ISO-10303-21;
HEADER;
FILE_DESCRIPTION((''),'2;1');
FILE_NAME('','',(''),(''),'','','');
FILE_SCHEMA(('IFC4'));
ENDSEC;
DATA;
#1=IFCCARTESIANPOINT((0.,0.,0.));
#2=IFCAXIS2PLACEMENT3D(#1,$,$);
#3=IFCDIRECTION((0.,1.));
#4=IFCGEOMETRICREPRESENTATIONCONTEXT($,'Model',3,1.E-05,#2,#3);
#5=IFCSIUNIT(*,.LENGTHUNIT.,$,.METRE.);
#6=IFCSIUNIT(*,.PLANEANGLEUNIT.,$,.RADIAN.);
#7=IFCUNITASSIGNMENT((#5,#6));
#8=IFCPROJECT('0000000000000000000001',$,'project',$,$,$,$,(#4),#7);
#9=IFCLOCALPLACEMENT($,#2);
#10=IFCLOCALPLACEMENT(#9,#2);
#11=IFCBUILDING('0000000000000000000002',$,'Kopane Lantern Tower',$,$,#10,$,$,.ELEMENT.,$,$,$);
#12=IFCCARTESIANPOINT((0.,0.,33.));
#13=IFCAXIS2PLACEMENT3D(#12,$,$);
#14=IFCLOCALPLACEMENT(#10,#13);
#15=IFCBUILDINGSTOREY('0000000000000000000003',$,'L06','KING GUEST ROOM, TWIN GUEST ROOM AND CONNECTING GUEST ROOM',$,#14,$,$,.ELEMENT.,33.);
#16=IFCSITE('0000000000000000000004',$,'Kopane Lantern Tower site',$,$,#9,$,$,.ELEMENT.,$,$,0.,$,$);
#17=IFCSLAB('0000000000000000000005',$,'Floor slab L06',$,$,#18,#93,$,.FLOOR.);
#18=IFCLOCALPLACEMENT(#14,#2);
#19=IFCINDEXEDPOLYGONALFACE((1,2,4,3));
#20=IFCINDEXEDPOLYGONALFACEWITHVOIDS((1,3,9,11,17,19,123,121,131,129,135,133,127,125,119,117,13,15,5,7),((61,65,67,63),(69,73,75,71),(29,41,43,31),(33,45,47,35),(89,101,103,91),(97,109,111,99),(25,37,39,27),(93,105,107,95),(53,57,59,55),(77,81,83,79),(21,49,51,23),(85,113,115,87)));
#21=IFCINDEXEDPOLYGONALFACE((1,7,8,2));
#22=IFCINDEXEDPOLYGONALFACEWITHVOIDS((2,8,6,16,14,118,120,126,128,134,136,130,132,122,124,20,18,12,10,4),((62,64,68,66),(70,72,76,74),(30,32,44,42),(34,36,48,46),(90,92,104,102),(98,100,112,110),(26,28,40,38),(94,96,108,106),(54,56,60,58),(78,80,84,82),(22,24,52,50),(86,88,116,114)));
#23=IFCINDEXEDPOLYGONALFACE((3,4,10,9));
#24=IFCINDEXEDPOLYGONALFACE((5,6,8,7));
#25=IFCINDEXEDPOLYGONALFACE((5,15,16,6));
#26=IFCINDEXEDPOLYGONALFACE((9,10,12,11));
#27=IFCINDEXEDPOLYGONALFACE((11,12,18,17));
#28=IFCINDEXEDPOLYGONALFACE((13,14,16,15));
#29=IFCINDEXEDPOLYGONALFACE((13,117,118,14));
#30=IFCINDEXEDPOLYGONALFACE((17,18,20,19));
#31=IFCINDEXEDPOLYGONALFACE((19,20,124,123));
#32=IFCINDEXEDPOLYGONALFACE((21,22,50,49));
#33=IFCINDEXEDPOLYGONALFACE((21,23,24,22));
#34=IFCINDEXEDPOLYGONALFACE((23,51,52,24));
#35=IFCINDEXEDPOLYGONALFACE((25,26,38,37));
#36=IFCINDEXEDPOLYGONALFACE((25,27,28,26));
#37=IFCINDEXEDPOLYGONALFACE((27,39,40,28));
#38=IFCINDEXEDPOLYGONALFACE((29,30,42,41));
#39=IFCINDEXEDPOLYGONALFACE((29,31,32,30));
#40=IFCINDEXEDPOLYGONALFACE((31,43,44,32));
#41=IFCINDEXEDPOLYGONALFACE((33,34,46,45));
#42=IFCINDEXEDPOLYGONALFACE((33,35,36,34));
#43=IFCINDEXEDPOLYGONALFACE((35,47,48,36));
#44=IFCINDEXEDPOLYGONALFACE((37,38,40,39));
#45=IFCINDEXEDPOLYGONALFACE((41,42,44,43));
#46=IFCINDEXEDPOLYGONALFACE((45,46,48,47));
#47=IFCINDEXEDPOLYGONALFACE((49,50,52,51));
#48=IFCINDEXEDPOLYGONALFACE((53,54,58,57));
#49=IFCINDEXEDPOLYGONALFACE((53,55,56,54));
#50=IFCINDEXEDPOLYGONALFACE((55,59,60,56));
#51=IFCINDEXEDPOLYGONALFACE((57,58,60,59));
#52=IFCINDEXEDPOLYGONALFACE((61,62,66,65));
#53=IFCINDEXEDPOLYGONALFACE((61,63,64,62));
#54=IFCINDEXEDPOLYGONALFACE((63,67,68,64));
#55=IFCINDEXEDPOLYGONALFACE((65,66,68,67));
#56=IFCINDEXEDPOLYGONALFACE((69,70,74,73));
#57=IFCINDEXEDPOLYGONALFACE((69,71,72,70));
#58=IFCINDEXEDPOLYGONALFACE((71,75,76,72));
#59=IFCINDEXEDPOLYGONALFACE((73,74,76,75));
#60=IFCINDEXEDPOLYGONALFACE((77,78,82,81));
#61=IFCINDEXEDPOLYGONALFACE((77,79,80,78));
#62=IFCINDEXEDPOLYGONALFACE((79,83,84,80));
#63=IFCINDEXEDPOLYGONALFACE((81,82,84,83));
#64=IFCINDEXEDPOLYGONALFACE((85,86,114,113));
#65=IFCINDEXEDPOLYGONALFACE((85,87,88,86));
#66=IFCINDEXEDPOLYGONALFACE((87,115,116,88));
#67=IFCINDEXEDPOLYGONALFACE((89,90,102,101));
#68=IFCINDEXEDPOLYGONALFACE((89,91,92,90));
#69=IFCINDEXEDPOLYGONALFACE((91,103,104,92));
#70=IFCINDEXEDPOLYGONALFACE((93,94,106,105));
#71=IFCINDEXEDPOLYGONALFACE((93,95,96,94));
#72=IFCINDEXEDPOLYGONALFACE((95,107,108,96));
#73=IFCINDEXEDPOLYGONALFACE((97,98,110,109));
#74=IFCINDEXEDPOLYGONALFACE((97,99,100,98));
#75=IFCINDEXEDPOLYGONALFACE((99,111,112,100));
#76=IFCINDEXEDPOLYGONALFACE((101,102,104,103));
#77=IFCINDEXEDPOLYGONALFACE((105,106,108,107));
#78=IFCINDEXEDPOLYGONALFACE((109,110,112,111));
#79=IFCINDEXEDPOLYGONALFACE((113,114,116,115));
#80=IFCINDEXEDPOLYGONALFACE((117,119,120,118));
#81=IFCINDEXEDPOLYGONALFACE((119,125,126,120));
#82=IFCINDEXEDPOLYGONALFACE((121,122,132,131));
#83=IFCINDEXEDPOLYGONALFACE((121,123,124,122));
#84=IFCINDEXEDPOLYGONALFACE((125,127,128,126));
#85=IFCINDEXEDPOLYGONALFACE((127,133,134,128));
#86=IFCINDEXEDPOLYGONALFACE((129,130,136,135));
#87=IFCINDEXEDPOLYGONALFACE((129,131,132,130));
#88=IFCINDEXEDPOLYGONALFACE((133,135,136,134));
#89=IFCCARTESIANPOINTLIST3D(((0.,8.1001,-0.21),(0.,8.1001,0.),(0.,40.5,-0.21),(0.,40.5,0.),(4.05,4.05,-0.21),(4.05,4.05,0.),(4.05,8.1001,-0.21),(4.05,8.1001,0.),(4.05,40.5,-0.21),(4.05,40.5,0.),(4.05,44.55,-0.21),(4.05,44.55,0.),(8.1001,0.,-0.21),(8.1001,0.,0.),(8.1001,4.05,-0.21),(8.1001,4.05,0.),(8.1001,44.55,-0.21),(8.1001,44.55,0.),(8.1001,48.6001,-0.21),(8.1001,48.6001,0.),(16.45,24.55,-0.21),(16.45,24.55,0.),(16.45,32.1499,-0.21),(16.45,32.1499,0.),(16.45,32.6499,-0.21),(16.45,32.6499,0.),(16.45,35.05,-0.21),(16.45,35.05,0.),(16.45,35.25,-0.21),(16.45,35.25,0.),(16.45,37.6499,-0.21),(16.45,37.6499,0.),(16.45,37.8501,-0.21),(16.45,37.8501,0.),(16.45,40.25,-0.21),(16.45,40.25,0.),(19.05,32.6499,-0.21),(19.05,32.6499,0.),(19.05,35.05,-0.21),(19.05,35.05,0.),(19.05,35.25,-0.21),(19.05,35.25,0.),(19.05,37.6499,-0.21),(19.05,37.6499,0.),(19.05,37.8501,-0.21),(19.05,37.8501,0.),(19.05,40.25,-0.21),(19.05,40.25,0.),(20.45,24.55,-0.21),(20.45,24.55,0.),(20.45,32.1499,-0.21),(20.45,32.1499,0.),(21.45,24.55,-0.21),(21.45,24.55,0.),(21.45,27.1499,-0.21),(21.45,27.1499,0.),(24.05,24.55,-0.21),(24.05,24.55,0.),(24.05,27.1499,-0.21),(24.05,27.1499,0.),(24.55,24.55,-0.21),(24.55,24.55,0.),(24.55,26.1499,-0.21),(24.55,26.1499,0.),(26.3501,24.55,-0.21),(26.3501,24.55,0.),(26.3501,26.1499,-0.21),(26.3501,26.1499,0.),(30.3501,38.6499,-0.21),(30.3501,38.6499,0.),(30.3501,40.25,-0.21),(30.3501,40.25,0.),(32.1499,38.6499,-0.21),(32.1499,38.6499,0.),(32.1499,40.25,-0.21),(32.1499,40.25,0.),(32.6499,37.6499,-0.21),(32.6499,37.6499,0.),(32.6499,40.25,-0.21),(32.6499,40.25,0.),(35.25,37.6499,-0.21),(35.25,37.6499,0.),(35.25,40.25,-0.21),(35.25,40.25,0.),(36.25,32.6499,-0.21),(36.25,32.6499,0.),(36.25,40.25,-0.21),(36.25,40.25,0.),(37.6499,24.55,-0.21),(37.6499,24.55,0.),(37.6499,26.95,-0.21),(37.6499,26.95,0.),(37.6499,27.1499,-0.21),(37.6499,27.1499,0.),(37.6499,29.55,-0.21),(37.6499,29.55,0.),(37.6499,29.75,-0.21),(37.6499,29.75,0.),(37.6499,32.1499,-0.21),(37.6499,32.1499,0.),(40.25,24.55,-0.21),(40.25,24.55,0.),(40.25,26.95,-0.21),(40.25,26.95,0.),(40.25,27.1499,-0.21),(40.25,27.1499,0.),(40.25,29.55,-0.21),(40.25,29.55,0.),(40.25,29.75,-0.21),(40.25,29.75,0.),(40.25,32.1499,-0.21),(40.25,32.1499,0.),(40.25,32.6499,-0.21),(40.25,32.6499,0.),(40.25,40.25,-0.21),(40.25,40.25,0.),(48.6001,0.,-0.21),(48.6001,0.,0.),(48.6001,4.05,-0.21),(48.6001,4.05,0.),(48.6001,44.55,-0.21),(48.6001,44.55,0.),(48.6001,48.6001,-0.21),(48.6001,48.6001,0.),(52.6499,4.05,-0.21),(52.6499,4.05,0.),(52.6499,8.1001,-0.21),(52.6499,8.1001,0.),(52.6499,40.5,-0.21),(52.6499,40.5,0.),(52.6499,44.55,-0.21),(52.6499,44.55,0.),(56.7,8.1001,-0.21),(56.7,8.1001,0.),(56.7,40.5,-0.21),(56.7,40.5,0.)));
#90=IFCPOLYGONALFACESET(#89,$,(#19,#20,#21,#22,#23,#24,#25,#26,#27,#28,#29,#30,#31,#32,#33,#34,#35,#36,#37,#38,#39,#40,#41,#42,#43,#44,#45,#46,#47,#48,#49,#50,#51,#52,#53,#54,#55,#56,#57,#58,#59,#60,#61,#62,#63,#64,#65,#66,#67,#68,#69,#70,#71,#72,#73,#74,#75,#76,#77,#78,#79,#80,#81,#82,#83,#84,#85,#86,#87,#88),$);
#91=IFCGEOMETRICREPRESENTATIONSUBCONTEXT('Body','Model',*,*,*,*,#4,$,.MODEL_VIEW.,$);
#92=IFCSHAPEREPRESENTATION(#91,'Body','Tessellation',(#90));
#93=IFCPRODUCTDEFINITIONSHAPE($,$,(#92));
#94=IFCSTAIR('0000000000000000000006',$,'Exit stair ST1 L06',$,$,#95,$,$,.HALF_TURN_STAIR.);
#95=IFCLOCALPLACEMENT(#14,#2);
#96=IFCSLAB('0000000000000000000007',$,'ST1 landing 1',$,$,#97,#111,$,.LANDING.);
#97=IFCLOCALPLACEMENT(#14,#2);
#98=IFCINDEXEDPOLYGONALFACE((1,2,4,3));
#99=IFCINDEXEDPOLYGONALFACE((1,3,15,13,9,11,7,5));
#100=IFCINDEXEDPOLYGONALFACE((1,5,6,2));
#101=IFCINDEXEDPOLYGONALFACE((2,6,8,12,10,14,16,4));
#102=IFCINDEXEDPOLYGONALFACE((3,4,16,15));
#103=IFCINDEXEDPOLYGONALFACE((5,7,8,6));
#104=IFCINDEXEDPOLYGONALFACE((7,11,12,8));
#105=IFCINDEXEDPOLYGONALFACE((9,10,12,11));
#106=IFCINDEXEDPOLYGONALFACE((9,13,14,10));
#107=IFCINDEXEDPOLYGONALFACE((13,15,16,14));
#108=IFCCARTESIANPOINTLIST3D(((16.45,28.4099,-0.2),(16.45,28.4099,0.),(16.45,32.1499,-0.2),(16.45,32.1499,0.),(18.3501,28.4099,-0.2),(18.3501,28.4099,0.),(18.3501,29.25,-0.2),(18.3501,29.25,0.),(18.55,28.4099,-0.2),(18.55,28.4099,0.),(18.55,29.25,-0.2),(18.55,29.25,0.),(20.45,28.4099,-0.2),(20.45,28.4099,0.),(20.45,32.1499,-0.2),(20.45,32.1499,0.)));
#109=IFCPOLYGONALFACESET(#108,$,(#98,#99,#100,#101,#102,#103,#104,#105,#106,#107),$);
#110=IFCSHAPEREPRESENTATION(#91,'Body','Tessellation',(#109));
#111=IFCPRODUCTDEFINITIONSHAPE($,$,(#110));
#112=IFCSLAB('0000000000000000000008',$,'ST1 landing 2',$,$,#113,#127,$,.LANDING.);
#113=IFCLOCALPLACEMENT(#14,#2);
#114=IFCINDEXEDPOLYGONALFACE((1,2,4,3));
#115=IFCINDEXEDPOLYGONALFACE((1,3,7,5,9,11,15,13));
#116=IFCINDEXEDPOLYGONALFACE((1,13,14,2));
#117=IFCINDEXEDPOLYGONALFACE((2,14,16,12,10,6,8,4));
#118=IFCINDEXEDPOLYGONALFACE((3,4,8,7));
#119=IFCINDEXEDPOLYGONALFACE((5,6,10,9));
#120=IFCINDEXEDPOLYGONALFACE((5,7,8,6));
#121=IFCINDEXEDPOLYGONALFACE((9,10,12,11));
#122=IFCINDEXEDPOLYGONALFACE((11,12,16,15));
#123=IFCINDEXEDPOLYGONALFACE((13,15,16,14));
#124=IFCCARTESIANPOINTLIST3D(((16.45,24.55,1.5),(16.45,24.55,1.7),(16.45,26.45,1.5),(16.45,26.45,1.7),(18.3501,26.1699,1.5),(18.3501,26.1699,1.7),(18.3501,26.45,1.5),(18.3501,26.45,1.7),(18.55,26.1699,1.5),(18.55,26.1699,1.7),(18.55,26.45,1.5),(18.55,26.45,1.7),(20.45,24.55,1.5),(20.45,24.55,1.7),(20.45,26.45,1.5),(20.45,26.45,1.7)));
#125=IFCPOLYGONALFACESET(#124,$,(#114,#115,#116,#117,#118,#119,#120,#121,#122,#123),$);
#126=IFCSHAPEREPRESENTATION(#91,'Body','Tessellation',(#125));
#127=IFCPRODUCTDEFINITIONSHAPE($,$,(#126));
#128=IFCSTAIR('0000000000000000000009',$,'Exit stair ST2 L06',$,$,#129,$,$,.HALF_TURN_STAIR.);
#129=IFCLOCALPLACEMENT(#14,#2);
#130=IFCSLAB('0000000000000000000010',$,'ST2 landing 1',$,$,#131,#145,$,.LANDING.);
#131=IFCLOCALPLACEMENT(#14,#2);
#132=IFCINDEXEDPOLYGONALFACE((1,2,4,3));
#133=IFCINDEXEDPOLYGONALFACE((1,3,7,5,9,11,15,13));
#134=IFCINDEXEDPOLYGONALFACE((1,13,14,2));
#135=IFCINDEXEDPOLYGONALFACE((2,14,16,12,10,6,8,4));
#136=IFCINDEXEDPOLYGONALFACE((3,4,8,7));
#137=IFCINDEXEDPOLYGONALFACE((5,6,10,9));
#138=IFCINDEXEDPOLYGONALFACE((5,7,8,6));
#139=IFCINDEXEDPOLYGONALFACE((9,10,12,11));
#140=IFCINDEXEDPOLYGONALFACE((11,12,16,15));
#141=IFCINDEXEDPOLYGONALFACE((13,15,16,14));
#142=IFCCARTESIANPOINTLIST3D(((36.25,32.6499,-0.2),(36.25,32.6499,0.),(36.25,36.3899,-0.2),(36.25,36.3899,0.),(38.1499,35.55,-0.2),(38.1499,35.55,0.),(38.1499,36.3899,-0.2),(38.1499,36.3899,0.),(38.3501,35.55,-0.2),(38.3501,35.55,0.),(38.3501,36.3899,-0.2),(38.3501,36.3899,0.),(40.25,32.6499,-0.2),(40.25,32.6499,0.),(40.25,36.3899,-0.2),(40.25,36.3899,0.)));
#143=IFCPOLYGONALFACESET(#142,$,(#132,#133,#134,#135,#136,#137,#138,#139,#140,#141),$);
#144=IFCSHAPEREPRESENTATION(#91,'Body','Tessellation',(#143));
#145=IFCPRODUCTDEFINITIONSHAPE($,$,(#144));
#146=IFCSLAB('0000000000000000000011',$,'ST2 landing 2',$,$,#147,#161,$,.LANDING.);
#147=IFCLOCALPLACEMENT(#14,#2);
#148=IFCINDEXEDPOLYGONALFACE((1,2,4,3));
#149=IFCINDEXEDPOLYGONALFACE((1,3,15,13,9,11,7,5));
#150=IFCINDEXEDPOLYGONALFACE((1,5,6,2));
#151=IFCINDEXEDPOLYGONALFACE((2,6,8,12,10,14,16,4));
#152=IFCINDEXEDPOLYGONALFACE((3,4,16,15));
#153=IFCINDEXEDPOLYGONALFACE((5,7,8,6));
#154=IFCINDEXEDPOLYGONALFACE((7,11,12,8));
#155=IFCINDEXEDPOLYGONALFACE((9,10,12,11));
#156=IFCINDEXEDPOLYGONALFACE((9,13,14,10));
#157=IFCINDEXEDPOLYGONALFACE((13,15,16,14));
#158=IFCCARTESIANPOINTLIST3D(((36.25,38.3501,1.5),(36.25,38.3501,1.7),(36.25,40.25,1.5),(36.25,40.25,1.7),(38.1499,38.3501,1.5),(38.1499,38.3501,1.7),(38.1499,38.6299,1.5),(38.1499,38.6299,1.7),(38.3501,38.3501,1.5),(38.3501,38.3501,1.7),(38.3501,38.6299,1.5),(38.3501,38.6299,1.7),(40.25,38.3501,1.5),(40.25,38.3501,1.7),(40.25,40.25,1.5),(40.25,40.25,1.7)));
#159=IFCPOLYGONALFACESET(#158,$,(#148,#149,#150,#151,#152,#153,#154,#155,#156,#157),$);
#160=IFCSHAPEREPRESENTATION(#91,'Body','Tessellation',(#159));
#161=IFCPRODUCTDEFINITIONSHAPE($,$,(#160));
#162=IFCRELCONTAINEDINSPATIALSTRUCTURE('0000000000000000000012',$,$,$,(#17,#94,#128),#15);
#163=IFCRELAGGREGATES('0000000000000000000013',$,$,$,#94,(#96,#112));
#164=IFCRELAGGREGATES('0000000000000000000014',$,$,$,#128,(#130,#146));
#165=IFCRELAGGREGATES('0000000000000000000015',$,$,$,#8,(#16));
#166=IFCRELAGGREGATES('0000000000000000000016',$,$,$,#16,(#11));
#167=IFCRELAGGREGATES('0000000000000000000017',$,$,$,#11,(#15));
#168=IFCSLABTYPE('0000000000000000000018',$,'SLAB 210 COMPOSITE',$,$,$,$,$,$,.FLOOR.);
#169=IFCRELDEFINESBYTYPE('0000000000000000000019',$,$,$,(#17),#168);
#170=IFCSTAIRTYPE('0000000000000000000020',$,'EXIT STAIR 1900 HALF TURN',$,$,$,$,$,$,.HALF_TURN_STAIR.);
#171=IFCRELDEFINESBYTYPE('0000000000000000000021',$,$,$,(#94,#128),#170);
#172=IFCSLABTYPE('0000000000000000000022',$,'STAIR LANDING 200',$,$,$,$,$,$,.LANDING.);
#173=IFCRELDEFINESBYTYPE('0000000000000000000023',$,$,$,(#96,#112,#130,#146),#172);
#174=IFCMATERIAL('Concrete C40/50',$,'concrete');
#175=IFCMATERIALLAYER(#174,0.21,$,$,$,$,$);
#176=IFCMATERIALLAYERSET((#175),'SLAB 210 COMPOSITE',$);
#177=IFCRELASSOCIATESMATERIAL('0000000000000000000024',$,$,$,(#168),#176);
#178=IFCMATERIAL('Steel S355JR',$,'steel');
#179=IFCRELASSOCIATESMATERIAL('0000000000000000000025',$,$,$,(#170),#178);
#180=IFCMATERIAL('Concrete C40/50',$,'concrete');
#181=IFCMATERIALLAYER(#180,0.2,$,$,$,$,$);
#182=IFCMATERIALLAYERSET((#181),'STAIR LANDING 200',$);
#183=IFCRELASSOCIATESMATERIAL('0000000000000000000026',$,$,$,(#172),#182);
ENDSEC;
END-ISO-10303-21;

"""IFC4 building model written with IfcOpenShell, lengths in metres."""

from ifc_helpers import new_model, si_unit, direction, frame, origin, place, context, subcontext, project, spatial, polyline, outline, extrude, material, layer, layer_set, type_object, element, aggregate, save


model = new_model("IFC4")

# Units and contexts
model_context = context("Model", 3, precision=1e-05, world=origin(), true_north=direction((0.0, 1.0)))
body_context = subcontext(model_context, "Body", "Model", "MODEL_VIEW")
ifc_project = project(units=[si_unit("LENGTHUNIT", "METRE"), si_unit("PLANEANGLEUNIT", "RADIAN")], contexts=[model_context])

# Site, building, storey
site_placement = place(None, origin())
site = spatial("IfcSite", under=ifc_project, at=site_placement, Name="Kopane Lantern Tower site", CompositionType="ELEMENT", RefElevation=0.0)
building_placement = place(site_placement, origin())
building = spatial("IfcBuilding", under=site, at=building_placement, Name="Kopane Lantern Tower", CompositionType="ELEMENT")
storey_placement = place(building_placement, frame((0.0, 0.0, 33.0)))
storey = spatial("IfcBuildingStorey", under=building, at=storey_placement, Name="L06", Description="KING GUEST ROOM, TWIN GUEST ROOM AND CONNECTING GUEST ROOM", CompositionType="ELEMENT", Elevation=33.0)

# Slab
ifc_material_1 = material(Name="Concrete C40/50", Category="concrete")
ifc_layer_1 = layer(ifc_material_1, 0.21)
ifc_layer_set_1 = layer_set([ifc_layer_1], Name="SLAB 210 COMPOSITE")
slab_type_1 = type_object("IfcSlabType", Name="SLAB 210 COMPOSITE", PredefinedType="FLOOR", material=ifc_layer_set_1)
slab_1_placement = place(storey_placement, frame((0.0, 0.0, -0.21)))
element("IfcSlab", 1, at=slab_1_placement, inside=storey, type_object=slab_type_1, Name="Floor slab L06", PredefinedType="FLOOR", context=body_context, shape_type="SweptSolid", body=[
    extrude(outline(polyline([(8.1001, 0.0), (48.6001, 0.0), (48.6001, 4.05), (52.6499, 4.05), (52.6499, 8.1001), (56.7, 8.1001), (56.7, 40.5), (52.6499, 40.5), (52.6499, 44.55), (48.6001, 44.55), (48.6001, 48.6001), (8.1001, 48.6001), (8.1001, 44.55), (4.05, 44.55), (4.05, 40.5), (0.0, 40.5), (0.0, 8.1001), (4.05, 8.1001), (4.05, 4.05), (8.1001, 4.05), (8.1001, 0.0)]), holes=[polyline([(16.45, 24.55), (20.45, 24.55), (20.45, 32.1499), (16.45, 32.1499), (16.45, 24.55)]), polyline([(36.25, 32.6499), (40.25, 32.6499), (40.25, 40.25), (36.25, 40.25), (36.25, 32.6499)]), polyline([(16.45, 32.6499), (19.05, 32.6499), (19.05, 35.05), (16.45, 35.05), (16.45, 32.6499)]), polyline([(16.45, 35.25), (19.05, 35.25), (19.05, 37.6499), (16.45, 37.6499), (16.45, 35.25)]), polyline([(16.45, 37.8501), (19.05, 37.8501), (19.05, 40.25), (16.45, 40.25), (16.45, 37.8501)]), polyline([(37.6499, 24.55), (40.25, 24.55), (40.25, 26.95), (37.6499, 26.95), (37.6499, 24.55)]), polyline([(37.6499, 27.1499), (40.25, 27.1499), (40.25, 29.55), (37.6499, 29.55), (37.6499, 27.1499)]), polyline([(37.6499, 29.75), (40.25, 29.75), (40.25, 32.1499), (37.6499, 32.1499), (37.6499, 29.75)]), polyline([(21.45, 24.55), (24.05, 24.55), (24.05, 27.1499), (21.45, 27.1499), (21.45, 24.55)]), polyline([(32.6499, 37.6499), (35.25, 37.6499), (35.25, 40.25), (32.6499, 40.25), (32.6499, 37.6499)]), polyline([(24.55, 24.55), (26.3501, 24.55), (26.3501, 26.1499), (24.55, 26.1499), (24.55, 24.55)]), polyline([(30.3501, 38.6499), (32.1499, 38.6499), (32.1499, 40.25), (30.3501, 40.25), (30.3501, 38.6499)])]), origin(), (0.0, 0.0, 1.0), 0.21),
])

# Stairs, slabs
ifc_material_2 = material(Name="Steel S355JR", Category="steel")
stair_type = type_object("IfcStairType", Name="EXIT STAIR 1900 HALF TURN", PredefinedType="HALF_TURN_STAIR", material=ifc_material_2)
stair_1_placement = place(storey_placement, origin())
stair_1 = element("IfcStair", 2, at=stair_1_placement, inside=storey, type_object=stair_type, Name="Exit stair ST1 L06", PredefinedType="HALF_TURN_STAIR")
ifc_material_3 = material(Name="Concrete C40/50", Category="concrete")
ifc_layer_2 = layer(ifc_material_3, 0.2)
ifc_layer_set_2 = layer_set([ifc_layer_2], Name="STAIR LANDING 200")
slab_type_2 = type_object("IfcSlabType", Name="STAIR LANDING 200", PredefinedType="LANDING", material=ifc_layer_set_2)
slab_2_placement = place(storey_placement, frame((0.0, 0.0, -0.2)))
slab_2 = element("IfcSlab", 3, at=slab_2_placement, type_object=slab_type_2, Name="ST1 landing 1", PredefinedType="LANDING", context=body_context, shape_type="SweptSolid", body=[
    extrude(outline(polyline([(18.3501, 29.25), (18.55, 29.25), (18.55, 28.4099), (20.45, 28.4099), (20.45, 32.1499), (16.45, 32.1499), (16.45, 28.4099), (18.3501, 28.4099), (18.3501, 29.25)])), origin(), (0.0, 0.0, 1.0), 0.2),
])
slab_3_placement = place(storey_placement, frame((0.0, 0.0, 1.5)))
slab_3 = element("IfcSlab", 4, at=slab_3_placement, type_object=slab_type_2, Name="ST1 landing 2", PredefinedType="LANDING", context=body_context, shape_type="SweptSolid", body=[
    extrude(outline(polyline([(20.45, 26.45), (18.55, 26.45), (18.55, 26.1699), (18.3501, 26.1699), (18.3501, 26.45), (16.45, 26.45), (16.45, 24.55), (20.45, 24.55), (20.45, 26.45)])), origin(), (0.0, 0.0, 1.0), 0.2),
])
aggregate(stair_1, [slab_2, slab_3])
stair_2_placement = place(storey_placement, origin())
stair_2 = element("IfcStair", 5, at=stair_2_placement, inside=storey, type_object=stair_type, Name="Exit stair ST2 L06", PredefinedType="HALF_TURN_STAIR")
slab_4_placement = place(storey_placement, frame((0.0, 0.0, -0.2)))
slab_4 = element("IfcSlab", 6, at=slab_4_placement, type_object=slab_type_2, Name="ST2 landing 1", PredefinedType="LANDING", context=body_context, shape_type="SweptSolid", body=[
    extrude(outline(polyline([(40.25, 36.3899), (38.3501, 36.3899), (38.3501, 35.55), (38.1499, 35.55), (38.1499, 36.3899), (36.25, 36.3899), (36.25, 32.6499), (40.25, 32.6499), (40.25, 36.3899)])), origin(), (0.0, 0.0, 1.0), 0.2),
])
slab_5_placement = place(storey_placement, frame((0.0, 0.0, 1.5)))
slab_5 = element("IfcSlab", 7, at=slab_5_placement, type_object=slab_type_2, Name="ST2 landing 2", PredefinedType="LANDING", context=body_context, shape_type="SweptSolid", body=[
    extrude(outline(polyline([(38.1499, 38.6299), (38.3501, 38.6299), (38.3501, 38.3501), (40.25, 38.3501), (40.25, 40.25), (36.25, 40.25), (36.25, 38.3501), (38.1499, 38.3501), (38.1499, 38.6299)])), origin(), (0.0, 0.0, 1.0), 0.2),
])
aggregate(stair_2, [slab_4, slab_5])

save(model, "model.ifc")
